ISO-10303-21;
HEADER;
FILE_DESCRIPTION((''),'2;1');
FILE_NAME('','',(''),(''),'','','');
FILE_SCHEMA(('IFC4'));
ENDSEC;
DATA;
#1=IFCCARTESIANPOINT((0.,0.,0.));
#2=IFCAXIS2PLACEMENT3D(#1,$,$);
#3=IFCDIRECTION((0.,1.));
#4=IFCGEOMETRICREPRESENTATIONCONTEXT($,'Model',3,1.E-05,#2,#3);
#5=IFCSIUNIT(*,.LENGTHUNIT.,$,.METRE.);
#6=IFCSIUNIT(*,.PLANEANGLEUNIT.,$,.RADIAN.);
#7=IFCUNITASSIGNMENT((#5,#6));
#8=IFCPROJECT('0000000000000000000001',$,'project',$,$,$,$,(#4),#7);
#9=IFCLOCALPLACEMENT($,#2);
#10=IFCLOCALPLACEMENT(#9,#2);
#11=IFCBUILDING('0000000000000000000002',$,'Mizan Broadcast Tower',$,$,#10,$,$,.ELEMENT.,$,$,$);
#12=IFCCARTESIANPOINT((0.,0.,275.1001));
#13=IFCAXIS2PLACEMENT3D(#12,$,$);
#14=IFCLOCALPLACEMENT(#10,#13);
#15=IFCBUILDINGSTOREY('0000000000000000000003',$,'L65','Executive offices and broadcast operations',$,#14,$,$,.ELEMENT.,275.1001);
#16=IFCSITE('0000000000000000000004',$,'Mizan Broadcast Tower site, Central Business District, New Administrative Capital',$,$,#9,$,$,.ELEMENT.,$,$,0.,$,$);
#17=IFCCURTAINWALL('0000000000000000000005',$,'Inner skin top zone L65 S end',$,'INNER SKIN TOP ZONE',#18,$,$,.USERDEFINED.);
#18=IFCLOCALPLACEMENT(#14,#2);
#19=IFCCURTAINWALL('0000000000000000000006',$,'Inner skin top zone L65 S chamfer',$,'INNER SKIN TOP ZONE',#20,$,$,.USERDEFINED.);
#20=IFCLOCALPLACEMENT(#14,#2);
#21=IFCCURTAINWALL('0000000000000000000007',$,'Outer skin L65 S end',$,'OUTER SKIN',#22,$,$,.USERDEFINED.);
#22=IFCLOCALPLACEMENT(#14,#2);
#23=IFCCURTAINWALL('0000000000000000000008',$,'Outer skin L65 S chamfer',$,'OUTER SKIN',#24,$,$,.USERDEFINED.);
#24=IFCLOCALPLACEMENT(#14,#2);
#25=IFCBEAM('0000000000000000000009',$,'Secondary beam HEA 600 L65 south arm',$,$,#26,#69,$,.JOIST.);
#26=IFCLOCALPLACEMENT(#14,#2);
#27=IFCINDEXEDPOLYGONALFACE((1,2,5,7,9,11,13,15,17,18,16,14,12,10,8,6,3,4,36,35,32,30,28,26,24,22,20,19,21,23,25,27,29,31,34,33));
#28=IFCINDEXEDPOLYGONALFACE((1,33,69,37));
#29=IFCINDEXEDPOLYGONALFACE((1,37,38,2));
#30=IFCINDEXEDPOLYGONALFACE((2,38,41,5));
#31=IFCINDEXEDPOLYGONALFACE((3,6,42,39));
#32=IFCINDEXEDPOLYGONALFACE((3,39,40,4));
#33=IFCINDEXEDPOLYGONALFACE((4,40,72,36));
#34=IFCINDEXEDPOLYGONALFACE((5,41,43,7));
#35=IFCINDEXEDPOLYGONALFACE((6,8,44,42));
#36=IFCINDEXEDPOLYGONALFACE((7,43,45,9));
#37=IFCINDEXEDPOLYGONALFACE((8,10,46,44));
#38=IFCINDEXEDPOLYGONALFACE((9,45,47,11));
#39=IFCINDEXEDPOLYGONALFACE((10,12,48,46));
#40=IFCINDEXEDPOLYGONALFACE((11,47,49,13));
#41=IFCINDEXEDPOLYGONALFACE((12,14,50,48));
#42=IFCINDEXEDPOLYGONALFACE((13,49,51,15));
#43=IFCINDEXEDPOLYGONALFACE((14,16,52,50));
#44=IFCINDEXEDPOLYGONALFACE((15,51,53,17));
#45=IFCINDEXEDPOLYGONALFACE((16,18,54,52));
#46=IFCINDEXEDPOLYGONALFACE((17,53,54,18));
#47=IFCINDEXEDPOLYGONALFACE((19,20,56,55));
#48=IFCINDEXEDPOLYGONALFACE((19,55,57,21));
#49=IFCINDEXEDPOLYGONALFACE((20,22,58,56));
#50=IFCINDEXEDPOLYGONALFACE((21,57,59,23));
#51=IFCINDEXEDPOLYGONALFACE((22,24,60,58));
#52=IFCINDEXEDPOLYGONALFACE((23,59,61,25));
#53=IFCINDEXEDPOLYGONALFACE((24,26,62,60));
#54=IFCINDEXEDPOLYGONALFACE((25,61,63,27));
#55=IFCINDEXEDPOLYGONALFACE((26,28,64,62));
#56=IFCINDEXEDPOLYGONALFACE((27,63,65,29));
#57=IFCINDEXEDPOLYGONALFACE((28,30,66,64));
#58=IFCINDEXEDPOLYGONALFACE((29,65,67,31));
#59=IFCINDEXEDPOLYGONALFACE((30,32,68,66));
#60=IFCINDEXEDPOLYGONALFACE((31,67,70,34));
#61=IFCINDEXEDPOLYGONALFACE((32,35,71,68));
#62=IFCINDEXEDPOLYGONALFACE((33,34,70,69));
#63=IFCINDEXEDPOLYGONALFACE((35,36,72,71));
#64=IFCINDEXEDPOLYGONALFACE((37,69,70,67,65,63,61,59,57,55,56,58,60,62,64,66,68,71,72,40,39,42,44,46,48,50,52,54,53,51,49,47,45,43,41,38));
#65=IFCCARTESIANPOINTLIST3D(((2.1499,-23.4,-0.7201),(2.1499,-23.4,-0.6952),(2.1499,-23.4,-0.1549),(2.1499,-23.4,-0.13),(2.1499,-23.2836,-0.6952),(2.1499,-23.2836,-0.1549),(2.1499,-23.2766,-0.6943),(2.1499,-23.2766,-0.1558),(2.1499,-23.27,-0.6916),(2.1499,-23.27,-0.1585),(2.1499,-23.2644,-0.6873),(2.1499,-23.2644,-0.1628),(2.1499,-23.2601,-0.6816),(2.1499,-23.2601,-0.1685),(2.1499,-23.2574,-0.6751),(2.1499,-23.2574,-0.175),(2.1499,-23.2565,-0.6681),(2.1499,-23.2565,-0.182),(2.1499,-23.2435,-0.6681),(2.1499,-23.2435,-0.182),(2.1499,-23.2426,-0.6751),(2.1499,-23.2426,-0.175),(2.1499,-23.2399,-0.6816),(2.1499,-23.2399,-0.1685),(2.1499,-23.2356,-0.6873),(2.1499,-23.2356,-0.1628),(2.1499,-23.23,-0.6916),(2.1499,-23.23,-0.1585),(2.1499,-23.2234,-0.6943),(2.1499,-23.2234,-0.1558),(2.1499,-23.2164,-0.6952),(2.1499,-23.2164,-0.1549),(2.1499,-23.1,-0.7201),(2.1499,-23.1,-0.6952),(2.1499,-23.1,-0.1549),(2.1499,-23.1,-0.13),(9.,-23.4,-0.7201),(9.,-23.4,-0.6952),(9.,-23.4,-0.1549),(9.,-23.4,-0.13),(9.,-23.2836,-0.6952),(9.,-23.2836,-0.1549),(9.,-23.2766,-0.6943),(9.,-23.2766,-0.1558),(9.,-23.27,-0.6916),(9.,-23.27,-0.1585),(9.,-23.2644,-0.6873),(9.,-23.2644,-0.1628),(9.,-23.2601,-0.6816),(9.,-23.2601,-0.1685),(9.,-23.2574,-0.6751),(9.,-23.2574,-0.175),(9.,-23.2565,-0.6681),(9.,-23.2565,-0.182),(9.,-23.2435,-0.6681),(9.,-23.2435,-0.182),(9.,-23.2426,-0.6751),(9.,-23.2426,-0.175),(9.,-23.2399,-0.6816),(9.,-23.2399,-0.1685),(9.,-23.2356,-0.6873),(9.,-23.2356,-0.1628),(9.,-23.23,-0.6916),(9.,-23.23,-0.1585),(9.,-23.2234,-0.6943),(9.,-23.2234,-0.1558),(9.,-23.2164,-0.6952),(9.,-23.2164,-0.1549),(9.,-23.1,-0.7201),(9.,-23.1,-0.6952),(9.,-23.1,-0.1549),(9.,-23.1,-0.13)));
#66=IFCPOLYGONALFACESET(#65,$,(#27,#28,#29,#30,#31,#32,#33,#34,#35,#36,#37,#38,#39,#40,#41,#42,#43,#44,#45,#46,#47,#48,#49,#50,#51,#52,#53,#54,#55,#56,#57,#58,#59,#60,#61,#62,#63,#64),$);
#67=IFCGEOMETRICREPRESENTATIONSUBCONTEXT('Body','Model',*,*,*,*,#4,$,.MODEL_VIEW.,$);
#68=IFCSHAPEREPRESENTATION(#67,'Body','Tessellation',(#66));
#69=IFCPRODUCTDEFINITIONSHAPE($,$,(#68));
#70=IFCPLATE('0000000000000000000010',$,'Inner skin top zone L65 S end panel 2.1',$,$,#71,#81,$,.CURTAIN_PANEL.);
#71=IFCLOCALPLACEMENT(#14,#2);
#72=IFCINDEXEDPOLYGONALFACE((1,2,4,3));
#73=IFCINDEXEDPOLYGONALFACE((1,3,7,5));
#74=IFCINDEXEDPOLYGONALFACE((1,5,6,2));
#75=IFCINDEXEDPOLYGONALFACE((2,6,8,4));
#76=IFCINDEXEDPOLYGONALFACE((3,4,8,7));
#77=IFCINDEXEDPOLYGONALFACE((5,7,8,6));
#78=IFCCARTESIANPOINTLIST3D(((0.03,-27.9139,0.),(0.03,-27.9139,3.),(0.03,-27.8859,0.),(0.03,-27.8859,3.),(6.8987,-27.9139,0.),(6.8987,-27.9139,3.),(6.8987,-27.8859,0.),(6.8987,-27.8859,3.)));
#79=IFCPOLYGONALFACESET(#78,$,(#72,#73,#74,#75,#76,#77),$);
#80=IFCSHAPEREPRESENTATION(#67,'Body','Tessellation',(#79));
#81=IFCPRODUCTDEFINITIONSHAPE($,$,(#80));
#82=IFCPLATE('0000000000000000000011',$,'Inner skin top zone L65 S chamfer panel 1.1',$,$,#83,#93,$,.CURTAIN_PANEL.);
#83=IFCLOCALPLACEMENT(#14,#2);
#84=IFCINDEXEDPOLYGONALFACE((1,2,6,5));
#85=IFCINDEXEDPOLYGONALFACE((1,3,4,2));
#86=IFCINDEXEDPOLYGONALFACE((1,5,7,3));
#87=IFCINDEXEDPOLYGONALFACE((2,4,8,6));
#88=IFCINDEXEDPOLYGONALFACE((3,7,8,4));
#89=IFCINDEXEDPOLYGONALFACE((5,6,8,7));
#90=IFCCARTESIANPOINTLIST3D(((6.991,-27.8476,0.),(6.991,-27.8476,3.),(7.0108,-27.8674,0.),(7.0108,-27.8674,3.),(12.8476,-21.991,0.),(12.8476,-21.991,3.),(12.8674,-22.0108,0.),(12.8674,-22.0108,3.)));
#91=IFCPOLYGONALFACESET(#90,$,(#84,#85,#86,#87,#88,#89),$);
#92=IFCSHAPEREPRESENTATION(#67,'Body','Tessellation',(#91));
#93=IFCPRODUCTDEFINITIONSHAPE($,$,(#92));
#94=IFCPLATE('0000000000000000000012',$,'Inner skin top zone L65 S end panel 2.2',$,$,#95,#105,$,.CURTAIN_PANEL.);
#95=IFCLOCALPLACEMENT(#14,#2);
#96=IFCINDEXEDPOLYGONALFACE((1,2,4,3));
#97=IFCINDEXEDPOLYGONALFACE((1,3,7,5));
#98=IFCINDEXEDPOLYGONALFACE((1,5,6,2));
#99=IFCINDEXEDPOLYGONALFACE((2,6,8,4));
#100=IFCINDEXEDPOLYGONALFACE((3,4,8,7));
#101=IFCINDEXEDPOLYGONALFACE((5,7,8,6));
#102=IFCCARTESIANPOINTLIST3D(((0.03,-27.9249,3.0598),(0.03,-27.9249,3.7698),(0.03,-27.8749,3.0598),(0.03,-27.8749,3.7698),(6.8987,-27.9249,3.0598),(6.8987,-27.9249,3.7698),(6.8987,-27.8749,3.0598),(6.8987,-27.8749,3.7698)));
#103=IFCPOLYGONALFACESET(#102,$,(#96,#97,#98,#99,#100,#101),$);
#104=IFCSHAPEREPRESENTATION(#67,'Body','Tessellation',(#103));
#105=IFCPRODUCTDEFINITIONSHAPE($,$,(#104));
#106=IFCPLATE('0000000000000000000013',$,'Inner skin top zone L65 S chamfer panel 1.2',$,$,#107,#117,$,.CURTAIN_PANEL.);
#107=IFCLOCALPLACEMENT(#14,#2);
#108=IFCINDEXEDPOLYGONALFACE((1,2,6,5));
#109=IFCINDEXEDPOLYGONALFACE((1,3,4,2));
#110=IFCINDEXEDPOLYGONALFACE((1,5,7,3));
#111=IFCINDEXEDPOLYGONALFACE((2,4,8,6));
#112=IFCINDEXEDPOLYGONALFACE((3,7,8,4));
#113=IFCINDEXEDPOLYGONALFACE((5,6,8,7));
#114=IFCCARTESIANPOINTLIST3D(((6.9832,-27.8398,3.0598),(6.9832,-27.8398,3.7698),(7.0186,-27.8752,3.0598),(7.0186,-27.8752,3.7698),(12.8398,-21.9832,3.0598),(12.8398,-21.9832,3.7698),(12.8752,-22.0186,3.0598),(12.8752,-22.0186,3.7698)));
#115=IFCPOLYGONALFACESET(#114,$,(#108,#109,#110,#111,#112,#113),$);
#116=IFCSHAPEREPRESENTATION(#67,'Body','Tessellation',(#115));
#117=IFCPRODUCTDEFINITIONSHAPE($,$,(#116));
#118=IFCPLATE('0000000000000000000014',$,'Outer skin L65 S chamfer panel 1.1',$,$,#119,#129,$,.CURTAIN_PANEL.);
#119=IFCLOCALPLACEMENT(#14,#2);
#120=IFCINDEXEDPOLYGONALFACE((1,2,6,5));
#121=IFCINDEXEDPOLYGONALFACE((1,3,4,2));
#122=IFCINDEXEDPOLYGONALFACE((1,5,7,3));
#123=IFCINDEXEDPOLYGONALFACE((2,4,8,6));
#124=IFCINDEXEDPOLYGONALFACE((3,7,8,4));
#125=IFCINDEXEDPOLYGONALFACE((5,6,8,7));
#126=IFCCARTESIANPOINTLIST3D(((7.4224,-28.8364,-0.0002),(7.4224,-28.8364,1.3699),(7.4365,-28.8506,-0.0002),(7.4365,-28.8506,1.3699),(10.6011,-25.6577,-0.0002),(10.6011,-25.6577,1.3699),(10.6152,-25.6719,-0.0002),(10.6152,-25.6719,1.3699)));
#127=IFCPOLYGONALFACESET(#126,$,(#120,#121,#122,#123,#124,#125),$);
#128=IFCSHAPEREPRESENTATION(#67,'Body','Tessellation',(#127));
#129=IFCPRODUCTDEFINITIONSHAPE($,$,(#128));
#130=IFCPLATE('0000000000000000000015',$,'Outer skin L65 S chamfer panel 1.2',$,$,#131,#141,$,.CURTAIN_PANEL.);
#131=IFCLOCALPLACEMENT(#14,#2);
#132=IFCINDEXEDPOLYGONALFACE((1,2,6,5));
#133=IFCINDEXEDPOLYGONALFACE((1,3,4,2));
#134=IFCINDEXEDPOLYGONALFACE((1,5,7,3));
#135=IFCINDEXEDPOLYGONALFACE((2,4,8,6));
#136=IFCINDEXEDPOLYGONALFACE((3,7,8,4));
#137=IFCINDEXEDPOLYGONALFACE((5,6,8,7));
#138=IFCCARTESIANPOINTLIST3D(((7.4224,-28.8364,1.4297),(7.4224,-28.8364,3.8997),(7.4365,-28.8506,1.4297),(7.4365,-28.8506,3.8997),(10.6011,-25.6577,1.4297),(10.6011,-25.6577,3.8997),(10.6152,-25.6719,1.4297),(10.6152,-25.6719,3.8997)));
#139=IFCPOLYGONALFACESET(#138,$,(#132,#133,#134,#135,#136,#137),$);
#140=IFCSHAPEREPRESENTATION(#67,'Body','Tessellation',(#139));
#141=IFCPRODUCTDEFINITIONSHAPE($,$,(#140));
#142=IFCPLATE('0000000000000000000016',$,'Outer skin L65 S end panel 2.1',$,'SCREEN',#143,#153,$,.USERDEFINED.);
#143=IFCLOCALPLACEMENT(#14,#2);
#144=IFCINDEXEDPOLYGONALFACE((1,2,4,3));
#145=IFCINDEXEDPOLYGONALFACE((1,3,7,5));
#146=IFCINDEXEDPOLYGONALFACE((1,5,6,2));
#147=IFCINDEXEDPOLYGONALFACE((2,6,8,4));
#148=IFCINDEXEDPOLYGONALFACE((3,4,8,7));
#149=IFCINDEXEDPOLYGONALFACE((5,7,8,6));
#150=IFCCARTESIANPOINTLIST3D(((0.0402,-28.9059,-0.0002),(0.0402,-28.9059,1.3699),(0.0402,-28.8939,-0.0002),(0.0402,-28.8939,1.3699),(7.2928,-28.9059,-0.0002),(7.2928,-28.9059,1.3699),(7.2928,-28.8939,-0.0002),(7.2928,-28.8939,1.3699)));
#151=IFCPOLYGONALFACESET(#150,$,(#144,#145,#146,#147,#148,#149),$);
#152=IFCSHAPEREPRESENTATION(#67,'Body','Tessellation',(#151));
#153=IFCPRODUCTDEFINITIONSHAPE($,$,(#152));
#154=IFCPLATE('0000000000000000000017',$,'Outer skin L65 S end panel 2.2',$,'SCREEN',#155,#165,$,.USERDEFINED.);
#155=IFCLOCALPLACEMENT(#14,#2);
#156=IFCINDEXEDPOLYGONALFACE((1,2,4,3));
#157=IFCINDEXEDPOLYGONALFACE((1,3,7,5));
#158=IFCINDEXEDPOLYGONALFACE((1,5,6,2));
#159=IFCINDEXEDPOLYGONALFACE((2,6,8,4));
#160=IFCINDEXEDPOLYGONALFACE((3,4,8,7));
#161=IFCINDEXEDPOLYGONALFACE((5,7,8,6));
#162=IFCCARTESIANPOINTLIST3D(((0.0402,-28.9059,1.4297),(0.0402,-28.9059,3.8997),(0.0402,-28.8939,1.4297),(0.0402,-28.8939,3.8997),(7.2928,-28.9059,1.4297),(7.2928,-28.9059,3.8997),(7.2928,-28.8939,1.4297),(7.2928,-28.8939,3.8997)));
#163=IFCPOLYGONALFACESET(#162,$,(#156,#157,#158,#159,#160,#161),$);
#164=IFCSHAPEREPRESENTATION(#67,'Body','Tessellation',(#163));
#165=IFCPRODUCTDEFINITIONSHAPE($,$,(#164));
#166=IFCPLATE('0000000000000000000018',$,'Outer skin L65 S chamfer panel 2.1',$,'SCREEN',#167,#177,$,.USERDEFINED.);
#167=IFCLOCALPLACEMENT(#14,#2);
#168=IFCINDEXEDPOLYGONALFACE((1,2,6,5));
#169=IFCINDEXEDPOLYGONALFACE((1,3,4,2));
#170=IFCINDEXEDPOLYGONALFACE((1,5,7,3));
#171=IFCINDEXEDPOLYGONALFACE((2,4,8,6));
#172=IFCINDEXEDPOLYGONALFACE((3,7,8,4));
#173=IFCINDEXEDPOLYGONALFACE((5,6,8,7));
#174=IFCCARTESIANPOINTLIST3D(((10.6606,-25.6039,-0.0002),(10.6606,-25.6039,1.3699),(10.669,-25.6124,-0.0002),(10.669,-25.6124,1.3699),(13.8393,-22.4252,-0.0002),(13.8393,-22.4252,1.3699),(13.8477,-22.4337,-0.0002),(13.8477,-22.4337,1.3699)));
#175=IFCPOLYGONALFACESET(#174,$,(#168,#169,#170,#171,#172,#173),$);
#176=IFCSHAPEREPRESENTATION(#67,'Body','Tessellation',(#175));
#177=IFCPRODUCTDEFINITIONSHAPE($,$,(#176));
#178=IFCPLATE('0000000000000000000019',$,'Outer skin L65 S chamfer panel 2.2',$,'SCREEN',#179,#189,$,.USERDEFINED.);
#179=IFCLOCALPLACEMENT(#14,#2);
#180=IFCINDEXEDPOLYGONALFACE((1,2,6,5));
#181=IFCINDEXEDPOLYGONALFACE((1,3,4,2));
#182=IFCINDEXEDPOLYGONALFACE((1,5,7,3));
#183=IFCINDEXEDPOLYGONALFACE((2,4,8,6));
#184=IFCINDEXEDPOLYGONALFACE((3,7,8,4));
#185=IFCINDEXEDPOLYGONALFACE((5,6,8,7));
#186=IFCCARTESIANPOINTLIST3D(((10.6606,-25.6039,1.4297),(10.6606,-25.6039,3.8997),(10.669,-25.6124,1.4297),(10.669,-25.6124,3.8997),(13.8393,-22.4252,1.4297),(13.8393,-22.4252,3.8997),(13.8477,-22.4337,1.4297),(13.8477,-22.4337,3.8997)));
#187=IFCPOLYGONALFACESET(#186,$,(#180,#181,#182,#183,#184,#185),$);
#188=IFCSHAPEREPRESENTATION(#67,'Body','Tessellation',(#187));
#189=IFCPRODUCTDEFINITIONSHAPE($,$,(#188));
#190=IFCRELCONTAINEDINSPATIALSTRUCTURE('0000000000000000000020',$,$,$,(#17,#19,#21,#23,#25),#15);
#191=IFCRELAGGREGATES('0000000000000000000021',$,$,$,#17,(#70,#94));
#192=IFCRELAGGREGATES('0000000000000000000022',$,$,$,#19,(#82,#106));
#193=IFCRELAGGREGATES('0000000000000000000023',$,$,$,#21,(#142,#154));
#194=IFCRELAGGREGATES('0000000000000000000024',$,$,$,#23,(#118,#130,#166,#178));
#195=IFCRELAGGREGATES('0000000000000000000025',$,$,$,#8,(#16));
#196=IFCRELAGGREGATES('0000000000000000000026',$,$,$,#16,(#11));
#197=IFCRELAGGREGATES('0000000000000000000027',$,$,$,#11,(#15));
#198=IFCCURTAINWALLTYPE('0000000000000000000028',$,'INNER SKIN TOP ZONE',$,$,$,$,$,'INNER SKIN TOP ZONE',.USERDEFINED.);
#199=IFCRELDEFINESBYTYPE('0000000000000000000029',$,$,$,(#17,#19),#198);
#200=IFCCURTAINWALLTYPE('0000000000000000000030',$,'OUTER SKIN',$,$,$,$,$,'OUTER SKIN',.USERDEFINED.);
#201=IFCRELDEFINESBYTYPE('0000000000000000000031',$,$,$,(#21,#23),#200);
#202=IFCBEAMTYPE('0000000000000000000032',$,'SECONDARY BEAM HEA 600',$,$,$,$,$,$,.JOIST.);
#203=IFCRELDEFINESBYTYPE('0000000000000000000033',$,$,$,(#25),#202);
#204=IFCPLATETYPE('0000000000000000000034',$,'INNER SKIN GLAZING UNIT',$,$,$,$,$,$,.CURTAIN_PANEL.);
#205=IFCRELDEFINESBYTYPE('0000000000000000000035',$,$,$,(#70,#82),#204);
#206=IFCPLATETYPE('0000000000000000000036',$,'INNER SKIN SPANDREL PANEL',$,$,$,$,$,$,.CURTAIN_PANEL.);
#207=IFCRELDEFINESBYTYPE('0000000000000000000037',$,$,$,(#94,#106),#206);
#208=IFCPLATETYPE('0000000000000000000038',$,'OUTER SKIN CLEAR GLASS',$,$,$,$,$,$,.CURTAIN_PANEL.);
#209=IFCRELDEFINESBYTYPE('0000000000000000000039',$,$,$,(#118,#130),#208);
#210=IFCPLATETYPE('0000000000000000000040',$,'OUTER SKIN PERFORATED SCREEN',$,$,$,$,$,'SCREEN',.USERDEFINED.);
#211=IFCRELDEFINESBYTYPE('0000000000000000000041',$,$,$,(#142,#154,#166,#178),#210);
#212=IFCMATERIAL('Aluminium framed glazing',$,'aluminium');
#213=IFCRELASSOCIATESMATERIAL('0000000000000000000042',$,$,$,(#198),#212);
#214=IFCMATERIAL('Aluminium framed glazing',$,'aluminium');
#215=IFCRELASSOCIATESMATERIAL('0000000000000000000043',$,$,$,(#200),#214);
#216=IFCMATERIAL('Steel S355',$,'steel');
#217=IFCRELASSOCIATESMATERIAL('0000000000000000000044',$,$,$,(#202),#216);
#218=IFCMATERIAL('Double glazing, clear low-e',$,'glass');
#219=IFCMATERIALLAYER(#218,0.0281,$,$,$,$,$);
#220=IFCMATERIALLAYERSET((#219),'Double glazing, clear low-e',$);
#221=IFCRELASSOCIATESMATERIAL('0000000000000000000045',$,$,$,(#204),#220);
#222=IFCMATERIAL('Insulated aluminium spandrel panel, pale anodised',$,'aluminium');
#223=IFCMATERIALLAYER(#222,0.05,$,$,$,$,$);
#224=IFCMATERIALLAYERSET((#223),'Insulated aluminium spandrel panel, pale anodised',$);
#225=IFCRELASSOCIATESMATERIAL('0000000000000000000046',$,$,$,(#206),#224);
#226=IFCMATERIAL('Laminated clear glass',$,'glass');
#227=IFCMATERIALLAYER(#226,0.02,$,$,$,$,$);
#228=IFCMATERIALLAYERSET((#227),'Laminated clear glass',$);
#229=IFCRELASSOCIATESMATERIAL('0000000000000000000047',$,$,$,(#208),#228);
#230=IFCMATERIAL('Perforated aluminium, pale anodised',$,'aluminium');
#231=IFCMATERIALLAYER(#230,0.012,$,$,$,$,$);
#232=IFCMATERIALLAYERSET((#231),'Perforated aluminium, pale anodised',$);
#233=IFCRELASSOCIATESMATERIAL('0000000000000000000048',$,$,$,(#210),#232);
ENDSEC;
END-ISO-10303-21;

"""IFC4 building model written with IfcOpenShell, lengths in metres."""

from ifc_helpers import new_model, si_unit, direction, frame, origin, origin_2d, place, context, subcontext, project, spatial, rectangle, i_section, extrude, material, layer, layer_set, material_profile, profile_set, type_object, element, aggregate, save


model = new_model("IFC4")

# Units and contexts
model_context = context("Model", 3, precision=1e-05, world=origin(), true_north=direction((0.0, 1.0)))
body_context = subcontext(model_context, "Body", "Model", "MODEL_VIEW")
ifc_project = project(units=[si_unit("LENGTHUNIT", "METRE"), si_unit("PLANEANGLEUNIT", "RADIAN")], contexts=[model_context])

# Site, building, storey
site_placement = place(None, origin())
site = spatial("IfcSite", under=ifc_project, at=site_placement, Name="Mizan Broadcast Tower site, Central Business District, New Administrative Capital", CompositionType="ELEMENT", RefElevation=0.0)
building_placement = place(site_placement, origin())
building = spatial("IfcBuilding", under=site, at=building_placement, Name="Mizan Broadcast Tower", CompositionType="ELEMENT")
storey_placement = place(building_placement, frame((0.0, 0.0, 275.1001)))
storey = spatial("IfcBuildingStorey", under=building, at=storey_placement, Name="L65", Description="Executive offices and broadcast operations", CompositionType="ELEMENT", Elevation=275.1001)

# Curtain walls
ifc_material_1 = material(Name="Aluminium framed glazing", Category="aluminium")
curtain_wall_type_1 = type_object("IfcCurtainWallType", Name="INNER SKIN TOP ZONE", ElementType="INNER SKIN TOP ZONE", PredefinedType="USERDEFINED", material=ifc_material_1)
curtain_wall_1_placement = place(storey_placement, origin())
curtain_wall_1 = element("IfcCurtainWall", 1, at=curtain_wall_1_placement, inside=storey, type_object=curtain_wall_type_1, Name="Inner skin top zone L65 S end", ObjectType="INNER SKIN TOP ZONE", PredefinedType="USERDEFINED")
curtain_wall_2_placement = place(storey_placement, origin())
curtain_wall_2 = element("IfcCurtainWall", 2, at=curtain_wall_2_placement, inside=storey, type_object=curtain_wall_type_1, Name="Inner skin top zone L65 S chamfer", ObjectType="INNER SKIN TOP ZONE", PredefinedType="USERDEFINED")

# Curtain walls
ifc_material_2 = material(Name="Aluminium framed glazing", Category="aluminium")
curtain_wall_type_2 = type_object("IfcCurtainWallType", Name="OUTER SKIN", ElementType="OUTER SKIN", PredefinedType="USERDEFINED", material=ifc_material_2)
curtain_wall_3_placement = place(storey_placement, origin())
curtain_wall_3 = element("IfcCurtainWall", 3, at=curtain_wall_3_placement, inside=storey, type_object=curtain_wall_type_2, Name="Outer skin L65 S end", ObjectType="OUTER SKIN", PredefinedType="USERDEFINED")
curtain_wall_4_placement = place(storey_placement, origin())
curtain_wall_4 = element("IfcCurtainWall", 4, at=curtain_wall_4_placement, inside=storey, type_object=curtain_wall_type_2, Name="Outer skin L65 S chamfer", ObjectType="OUTER SKIN", PredefinedType="USERDEFINED")

# Beam
ifc_material_3 = material(Name="Steel S355", Category="steel")
ifc_material_profile_1 = material_profile(ifc_material_3, i_section(OverallWidth=0.3, OverallDepth=0.5901, WebThickness=0.0129, FlangeThickness=0.0249, FilletRadius=0.0271, at=origin_2d()), Name="HEA 600")
ifc_profile_set_1 = profile_set([ifc_material_profile_1], Name="Steel S355")
beam_type_1 = type_object("IfcBeamType", Name="SECONDARY BEAM HEA 600", PredefinedType="JOIST", material=ifc_profile_set_1)
beam_1_placement = place(storey_placement, frame((9.0, -23.25, -0.425), z_axis=(-1.0, 0.0, 0.0), x_axis=(0.0, -1.0, 0.0)))
element("IfcBeam", 5, at=beam_1_placement, inside=storey, type_object=beam_type_1, Name="Secondary beam HEA 600 L65 south arm", PredefinedType="JOIST", context=body_context, shape_type="SweptSolid", body=[
    extrude(i_section(OverallWidth=0.3, OverallDepth=0.5901, WebThickness=0.0129, FlangeThickness=0.0249, FilletRadius=0.0271, at=origin_2d()), origin(), (0.0, 0.0, 1.0), 6.8501),
])

# Plates
ifc_material_4 = material(Name="Double glazing, clear low-e", Category="glass")
ifc_layer_1 = layer(ifc_material_4, 0.0281)
ifc_layer_set_1 = layer_set([ifc_layer_1], Name="Double glazing, clear low-e")
plate_type_1 = type_object("IfcPlateType", Name="INNER SKIN GLAZING UNIT", PredefinedType="CURTAIN_PANEL", material=ifc_layer_set_1)
plate_1_placement = place(storey_placement, frame((3.4644, -27.8999, 0.0), z_axis=(0.0, 0.0, 1.0), x_axis=(1.0, 0.0, 0.0)))
plate_1 = element("IfcPlate", 6, at=plate_1_placement, type_object=plate_type_1, Name="Inner skin top zone L65 S end panel 2.1", PredefinedType="CURTAIN_PANEL", context=body_context, shape_type="SweptSolid", body=[
    extrude(rectangle(XDim=6.8687, YDim=0.0281, at=origin_2d()), origin(), (0.0, 0.0, 1.0), 3.0),
])
plate_2_placement = place(storey_placement, frame((9.9292, -24.9292, 0.0), z_axis=(0.0, 0.0, 1.0), x_axis=(0.707107, 0.707107, 0.0)))
plate_2 = element("IfcPlate", 7, at=plate_2_placement, type_object=plate_type_1, Name="Inner skin top zone L65 S chamfer panel 1.1", PredefinedType="CURTAIN_PANEL", context=body_context, shape_type="SweptSolid", body=[
    extrude(rectangle(XDim=8.2825, YDim=0.0281, at=origin_2d()), origin(), (0.0, 0.0, 1.0), 3.0),
])
ifc_material_5 = material(Name="Insulated aluminium spandrel panel, pale anodised", Category="aluminium")
ifc_layer_2 = layer(ifc_material_5, 0.05)
ifc_layer_set_2 = layer_set([ifc_layer_2], Name="Insulated aluminium spandrel panel, pale anodised")
plate_type_2 = type_object("IfcPlateType", Name="INNER SKIN SPANDREL PANEL", PredefinedType="CURTAIN_PANEL", material=ifc_layer_set_2)
plate_3_placement = place(storey_placement, frame((3.4644, -27.8999, 3.0598), z_axis=(0.0, 0.0, 1.0), x_axis=(1.0, 0.0, 0.0)))
plate_3 = element("IfcPlate", 8, at=plate_3_placement, type_object=plate_type_2, Name="Inner skin top zone L65 S end panel 2.2", PredefinedType="CURTAIN_PANEL", context=body_context, shape_type="SweptSolid", body=[
    extrude(rectangle(XDim=6.8687, YDim=0.05, at=origin_2d()), origin(), (0.0, 0.0, 1.0), 0.71),
])
aggregate(curtain_wall_1, [plate_1, plate_3])
plate_4_placement = place(storey_placement, frame((9.9292, -24.9292, 3.0598), z_axis=(0.0, 0.0, 1.0), x_axis=(0.707107, 0.707107, 0.0)))
plate_4 = element("IfcPlate", 9, at=plate_4_placement, type_object=plate_type_2, Name="Inner skin top zone L65 S chamfer panel 1.2", PredefinedType="CURTAIN_PANEL", context=body_context, shape_type="SweptSolid", body=[
    extrude(rectangle(XDim=8.2825, YDim=0.05, at=origin_2d()), origin(), (0.0, 0.0, 1.0), 0.71),
])
aggregate(curtain_wall_2, [plate_2, plate_4])
ifc_material_6 = material(Name="Laminated clear glass", Category="glass")
ifc_layer_3 = layer(ifc_material_6, 0.02)
ifc_layer_set_3 = layer_set([ifc_layer_3], Name="Laminated clear glass")
plate_type_3 = type_object("IfcPlateType", Name="OUTER SKIN CLEAR GLASS", PredefinedType="CURTAIN_PANEL", material=ifc_layer_set_3)
plate_5_placement = place(storey_placement, frame((9.0188, -27.2542, -0.0002), z_axis=(0.0, 0.0, 1.0), x_axis=(0.707107, 0.707107, 0.0)))
plate_5 = element("IfcPlate", 10, at=plate_5_placement, type_object=plate_type_3, Name="Outer skin L65 S chamfer panel 1.1", PredefinedType="CURTAIN_PANEL", context=body_context, shape_type="SweptSolid", body=[
    extrude(rectangle(XDim=4.4954, YDim=0.02, at=origin_2d()), origin(), (0.0, 0.0, 1.0), 1.3701),
])
plate_6_placement = place(storey_placement, frame((9.0188, -27.2542, 1.4297), z_axis=(0.0, 0.0, 1.0), x_axis=(0.707107, 0.707107, 0.0)))
plate_6 = element("IfcPlate", 11, at=plate_6_placement, type_object=plate_type_3, Name="Outer skin L65 S chamfer panel 1.2", PredefinedType="CURTAIN_PANEL", context=body_context, shape_type="SweptSolid", body=[
    extrude(rectangle(XDim=4.4954, YDim=0.02, at=origin_2d()), origin(), (0.0, 0.0, 1.0), 2.47),
])
ifc_material_7 = material(Name="Perforated aluminium, pale anodised", Category="aluminium")
ifc_layer_4 = layer(ifc_material_7, 0.012)
ifc_layer_set_4 = layer_set([ifc_layer_4], Name="Perforated aluminium, pale anodised")
plate_type_4 = type_object("IfcPlateType", Name="OUTER SKIN PERFORATED SCREEN", ElementType="SCREEN", PredefinedType="USERDEFINED", material=ifc_layer_set_4)
plate_7_placement = place(storey_placement, frame((3.6665, -28.8999, -0.0002), z_axis=(0.0, 0.0, 1.0), x_axis=(1.0, 0.0, 0.0)))
plate_7 = element("IfcPlate", 12, at=plate_7_placement, type_object=plate_type_4, Name="Outer skin L65 S end panel 2.1", ObjectType="SCREEN", PredefinedType="USERDEFINED", context=body_context, shape_type="SweptSolid", body=[
    extrude(rectangle(XDim=7.2527, YDim=0.012, at=origin_2d()), origin(), (0.0, 0.0, 1.0), 1.3701),
])
plate_8_placement = place(storey_placement, frame((3.6665, -28.8999, 1.4297), z_axis=(0.0, 0.0, 1.0), x_axis=(1.0, 0.0, 0.0)))
plate_8 = element("IfcPlate", 13, at=plate_8_placement, type_object=plate_type_4, Name="Outer skin L65 S end panel 2.2", ObjectType="SCREEN", PredefinedType="USERDEFINED", context=body_context, shape_type="SweptSolid", body=[
    extrude(rectangle(XDim=7.2527, YDim=0.012, at=origin_2d()), origin(), (0.0, 0.0, 1.0), 2.47),
])
aggregate(curtain_wall_3, [plate_7, plate_8])
plate_9_placement = place(storey_placement, frame((12.2542, -24.0188, -0.0002), z_axis=(0.0, 0.0, 1.0), x_axis=(0.707107, 0.707107, 0.0)))
plate_9 = element("IfcPlate", 14, at=plate_9_placement, type_object=plate_type_4, Name="Outer skin L65 S chamfer panel 2.1", ObjectType="SCREEN", PredefinedType="USERDEFINED", context=body_context, shape_type="SweptSolid", body=[
    extrude(rectangle(XDim=4.4954, YDim=0.012, at=origin_2d()), origin(), (0.0, 0.0, 1.0), 1.3701),
])
plate_10_placement = place(storey_placement, frame((12.2542, -24.0188, 1.4297), z_axis=(0.0, 0.0, 1.0), x_axis=(0.707107, 0.707107, 0.0)))
plate_10 = element("IfcPlate", 15, at=plate_10_placement, type_object=plate_type_4, Name="Outer skin L65 S chamfer panel 2.2", ObjectType="SCREEN", PredefinedType="USERDEFINED", context=body_context, shape_type="SweptSolid", body=[
    extrude(rectangle(XDim=4.4954, YDim=0.012, at=origin_2d()), origin(), (0.0, 0.0, 1.0), 2.47),
])
aggregate(curtain_wall_4, [plate_5, plate_6, plate_9, plate_10])

save(model, "model.ifc")
